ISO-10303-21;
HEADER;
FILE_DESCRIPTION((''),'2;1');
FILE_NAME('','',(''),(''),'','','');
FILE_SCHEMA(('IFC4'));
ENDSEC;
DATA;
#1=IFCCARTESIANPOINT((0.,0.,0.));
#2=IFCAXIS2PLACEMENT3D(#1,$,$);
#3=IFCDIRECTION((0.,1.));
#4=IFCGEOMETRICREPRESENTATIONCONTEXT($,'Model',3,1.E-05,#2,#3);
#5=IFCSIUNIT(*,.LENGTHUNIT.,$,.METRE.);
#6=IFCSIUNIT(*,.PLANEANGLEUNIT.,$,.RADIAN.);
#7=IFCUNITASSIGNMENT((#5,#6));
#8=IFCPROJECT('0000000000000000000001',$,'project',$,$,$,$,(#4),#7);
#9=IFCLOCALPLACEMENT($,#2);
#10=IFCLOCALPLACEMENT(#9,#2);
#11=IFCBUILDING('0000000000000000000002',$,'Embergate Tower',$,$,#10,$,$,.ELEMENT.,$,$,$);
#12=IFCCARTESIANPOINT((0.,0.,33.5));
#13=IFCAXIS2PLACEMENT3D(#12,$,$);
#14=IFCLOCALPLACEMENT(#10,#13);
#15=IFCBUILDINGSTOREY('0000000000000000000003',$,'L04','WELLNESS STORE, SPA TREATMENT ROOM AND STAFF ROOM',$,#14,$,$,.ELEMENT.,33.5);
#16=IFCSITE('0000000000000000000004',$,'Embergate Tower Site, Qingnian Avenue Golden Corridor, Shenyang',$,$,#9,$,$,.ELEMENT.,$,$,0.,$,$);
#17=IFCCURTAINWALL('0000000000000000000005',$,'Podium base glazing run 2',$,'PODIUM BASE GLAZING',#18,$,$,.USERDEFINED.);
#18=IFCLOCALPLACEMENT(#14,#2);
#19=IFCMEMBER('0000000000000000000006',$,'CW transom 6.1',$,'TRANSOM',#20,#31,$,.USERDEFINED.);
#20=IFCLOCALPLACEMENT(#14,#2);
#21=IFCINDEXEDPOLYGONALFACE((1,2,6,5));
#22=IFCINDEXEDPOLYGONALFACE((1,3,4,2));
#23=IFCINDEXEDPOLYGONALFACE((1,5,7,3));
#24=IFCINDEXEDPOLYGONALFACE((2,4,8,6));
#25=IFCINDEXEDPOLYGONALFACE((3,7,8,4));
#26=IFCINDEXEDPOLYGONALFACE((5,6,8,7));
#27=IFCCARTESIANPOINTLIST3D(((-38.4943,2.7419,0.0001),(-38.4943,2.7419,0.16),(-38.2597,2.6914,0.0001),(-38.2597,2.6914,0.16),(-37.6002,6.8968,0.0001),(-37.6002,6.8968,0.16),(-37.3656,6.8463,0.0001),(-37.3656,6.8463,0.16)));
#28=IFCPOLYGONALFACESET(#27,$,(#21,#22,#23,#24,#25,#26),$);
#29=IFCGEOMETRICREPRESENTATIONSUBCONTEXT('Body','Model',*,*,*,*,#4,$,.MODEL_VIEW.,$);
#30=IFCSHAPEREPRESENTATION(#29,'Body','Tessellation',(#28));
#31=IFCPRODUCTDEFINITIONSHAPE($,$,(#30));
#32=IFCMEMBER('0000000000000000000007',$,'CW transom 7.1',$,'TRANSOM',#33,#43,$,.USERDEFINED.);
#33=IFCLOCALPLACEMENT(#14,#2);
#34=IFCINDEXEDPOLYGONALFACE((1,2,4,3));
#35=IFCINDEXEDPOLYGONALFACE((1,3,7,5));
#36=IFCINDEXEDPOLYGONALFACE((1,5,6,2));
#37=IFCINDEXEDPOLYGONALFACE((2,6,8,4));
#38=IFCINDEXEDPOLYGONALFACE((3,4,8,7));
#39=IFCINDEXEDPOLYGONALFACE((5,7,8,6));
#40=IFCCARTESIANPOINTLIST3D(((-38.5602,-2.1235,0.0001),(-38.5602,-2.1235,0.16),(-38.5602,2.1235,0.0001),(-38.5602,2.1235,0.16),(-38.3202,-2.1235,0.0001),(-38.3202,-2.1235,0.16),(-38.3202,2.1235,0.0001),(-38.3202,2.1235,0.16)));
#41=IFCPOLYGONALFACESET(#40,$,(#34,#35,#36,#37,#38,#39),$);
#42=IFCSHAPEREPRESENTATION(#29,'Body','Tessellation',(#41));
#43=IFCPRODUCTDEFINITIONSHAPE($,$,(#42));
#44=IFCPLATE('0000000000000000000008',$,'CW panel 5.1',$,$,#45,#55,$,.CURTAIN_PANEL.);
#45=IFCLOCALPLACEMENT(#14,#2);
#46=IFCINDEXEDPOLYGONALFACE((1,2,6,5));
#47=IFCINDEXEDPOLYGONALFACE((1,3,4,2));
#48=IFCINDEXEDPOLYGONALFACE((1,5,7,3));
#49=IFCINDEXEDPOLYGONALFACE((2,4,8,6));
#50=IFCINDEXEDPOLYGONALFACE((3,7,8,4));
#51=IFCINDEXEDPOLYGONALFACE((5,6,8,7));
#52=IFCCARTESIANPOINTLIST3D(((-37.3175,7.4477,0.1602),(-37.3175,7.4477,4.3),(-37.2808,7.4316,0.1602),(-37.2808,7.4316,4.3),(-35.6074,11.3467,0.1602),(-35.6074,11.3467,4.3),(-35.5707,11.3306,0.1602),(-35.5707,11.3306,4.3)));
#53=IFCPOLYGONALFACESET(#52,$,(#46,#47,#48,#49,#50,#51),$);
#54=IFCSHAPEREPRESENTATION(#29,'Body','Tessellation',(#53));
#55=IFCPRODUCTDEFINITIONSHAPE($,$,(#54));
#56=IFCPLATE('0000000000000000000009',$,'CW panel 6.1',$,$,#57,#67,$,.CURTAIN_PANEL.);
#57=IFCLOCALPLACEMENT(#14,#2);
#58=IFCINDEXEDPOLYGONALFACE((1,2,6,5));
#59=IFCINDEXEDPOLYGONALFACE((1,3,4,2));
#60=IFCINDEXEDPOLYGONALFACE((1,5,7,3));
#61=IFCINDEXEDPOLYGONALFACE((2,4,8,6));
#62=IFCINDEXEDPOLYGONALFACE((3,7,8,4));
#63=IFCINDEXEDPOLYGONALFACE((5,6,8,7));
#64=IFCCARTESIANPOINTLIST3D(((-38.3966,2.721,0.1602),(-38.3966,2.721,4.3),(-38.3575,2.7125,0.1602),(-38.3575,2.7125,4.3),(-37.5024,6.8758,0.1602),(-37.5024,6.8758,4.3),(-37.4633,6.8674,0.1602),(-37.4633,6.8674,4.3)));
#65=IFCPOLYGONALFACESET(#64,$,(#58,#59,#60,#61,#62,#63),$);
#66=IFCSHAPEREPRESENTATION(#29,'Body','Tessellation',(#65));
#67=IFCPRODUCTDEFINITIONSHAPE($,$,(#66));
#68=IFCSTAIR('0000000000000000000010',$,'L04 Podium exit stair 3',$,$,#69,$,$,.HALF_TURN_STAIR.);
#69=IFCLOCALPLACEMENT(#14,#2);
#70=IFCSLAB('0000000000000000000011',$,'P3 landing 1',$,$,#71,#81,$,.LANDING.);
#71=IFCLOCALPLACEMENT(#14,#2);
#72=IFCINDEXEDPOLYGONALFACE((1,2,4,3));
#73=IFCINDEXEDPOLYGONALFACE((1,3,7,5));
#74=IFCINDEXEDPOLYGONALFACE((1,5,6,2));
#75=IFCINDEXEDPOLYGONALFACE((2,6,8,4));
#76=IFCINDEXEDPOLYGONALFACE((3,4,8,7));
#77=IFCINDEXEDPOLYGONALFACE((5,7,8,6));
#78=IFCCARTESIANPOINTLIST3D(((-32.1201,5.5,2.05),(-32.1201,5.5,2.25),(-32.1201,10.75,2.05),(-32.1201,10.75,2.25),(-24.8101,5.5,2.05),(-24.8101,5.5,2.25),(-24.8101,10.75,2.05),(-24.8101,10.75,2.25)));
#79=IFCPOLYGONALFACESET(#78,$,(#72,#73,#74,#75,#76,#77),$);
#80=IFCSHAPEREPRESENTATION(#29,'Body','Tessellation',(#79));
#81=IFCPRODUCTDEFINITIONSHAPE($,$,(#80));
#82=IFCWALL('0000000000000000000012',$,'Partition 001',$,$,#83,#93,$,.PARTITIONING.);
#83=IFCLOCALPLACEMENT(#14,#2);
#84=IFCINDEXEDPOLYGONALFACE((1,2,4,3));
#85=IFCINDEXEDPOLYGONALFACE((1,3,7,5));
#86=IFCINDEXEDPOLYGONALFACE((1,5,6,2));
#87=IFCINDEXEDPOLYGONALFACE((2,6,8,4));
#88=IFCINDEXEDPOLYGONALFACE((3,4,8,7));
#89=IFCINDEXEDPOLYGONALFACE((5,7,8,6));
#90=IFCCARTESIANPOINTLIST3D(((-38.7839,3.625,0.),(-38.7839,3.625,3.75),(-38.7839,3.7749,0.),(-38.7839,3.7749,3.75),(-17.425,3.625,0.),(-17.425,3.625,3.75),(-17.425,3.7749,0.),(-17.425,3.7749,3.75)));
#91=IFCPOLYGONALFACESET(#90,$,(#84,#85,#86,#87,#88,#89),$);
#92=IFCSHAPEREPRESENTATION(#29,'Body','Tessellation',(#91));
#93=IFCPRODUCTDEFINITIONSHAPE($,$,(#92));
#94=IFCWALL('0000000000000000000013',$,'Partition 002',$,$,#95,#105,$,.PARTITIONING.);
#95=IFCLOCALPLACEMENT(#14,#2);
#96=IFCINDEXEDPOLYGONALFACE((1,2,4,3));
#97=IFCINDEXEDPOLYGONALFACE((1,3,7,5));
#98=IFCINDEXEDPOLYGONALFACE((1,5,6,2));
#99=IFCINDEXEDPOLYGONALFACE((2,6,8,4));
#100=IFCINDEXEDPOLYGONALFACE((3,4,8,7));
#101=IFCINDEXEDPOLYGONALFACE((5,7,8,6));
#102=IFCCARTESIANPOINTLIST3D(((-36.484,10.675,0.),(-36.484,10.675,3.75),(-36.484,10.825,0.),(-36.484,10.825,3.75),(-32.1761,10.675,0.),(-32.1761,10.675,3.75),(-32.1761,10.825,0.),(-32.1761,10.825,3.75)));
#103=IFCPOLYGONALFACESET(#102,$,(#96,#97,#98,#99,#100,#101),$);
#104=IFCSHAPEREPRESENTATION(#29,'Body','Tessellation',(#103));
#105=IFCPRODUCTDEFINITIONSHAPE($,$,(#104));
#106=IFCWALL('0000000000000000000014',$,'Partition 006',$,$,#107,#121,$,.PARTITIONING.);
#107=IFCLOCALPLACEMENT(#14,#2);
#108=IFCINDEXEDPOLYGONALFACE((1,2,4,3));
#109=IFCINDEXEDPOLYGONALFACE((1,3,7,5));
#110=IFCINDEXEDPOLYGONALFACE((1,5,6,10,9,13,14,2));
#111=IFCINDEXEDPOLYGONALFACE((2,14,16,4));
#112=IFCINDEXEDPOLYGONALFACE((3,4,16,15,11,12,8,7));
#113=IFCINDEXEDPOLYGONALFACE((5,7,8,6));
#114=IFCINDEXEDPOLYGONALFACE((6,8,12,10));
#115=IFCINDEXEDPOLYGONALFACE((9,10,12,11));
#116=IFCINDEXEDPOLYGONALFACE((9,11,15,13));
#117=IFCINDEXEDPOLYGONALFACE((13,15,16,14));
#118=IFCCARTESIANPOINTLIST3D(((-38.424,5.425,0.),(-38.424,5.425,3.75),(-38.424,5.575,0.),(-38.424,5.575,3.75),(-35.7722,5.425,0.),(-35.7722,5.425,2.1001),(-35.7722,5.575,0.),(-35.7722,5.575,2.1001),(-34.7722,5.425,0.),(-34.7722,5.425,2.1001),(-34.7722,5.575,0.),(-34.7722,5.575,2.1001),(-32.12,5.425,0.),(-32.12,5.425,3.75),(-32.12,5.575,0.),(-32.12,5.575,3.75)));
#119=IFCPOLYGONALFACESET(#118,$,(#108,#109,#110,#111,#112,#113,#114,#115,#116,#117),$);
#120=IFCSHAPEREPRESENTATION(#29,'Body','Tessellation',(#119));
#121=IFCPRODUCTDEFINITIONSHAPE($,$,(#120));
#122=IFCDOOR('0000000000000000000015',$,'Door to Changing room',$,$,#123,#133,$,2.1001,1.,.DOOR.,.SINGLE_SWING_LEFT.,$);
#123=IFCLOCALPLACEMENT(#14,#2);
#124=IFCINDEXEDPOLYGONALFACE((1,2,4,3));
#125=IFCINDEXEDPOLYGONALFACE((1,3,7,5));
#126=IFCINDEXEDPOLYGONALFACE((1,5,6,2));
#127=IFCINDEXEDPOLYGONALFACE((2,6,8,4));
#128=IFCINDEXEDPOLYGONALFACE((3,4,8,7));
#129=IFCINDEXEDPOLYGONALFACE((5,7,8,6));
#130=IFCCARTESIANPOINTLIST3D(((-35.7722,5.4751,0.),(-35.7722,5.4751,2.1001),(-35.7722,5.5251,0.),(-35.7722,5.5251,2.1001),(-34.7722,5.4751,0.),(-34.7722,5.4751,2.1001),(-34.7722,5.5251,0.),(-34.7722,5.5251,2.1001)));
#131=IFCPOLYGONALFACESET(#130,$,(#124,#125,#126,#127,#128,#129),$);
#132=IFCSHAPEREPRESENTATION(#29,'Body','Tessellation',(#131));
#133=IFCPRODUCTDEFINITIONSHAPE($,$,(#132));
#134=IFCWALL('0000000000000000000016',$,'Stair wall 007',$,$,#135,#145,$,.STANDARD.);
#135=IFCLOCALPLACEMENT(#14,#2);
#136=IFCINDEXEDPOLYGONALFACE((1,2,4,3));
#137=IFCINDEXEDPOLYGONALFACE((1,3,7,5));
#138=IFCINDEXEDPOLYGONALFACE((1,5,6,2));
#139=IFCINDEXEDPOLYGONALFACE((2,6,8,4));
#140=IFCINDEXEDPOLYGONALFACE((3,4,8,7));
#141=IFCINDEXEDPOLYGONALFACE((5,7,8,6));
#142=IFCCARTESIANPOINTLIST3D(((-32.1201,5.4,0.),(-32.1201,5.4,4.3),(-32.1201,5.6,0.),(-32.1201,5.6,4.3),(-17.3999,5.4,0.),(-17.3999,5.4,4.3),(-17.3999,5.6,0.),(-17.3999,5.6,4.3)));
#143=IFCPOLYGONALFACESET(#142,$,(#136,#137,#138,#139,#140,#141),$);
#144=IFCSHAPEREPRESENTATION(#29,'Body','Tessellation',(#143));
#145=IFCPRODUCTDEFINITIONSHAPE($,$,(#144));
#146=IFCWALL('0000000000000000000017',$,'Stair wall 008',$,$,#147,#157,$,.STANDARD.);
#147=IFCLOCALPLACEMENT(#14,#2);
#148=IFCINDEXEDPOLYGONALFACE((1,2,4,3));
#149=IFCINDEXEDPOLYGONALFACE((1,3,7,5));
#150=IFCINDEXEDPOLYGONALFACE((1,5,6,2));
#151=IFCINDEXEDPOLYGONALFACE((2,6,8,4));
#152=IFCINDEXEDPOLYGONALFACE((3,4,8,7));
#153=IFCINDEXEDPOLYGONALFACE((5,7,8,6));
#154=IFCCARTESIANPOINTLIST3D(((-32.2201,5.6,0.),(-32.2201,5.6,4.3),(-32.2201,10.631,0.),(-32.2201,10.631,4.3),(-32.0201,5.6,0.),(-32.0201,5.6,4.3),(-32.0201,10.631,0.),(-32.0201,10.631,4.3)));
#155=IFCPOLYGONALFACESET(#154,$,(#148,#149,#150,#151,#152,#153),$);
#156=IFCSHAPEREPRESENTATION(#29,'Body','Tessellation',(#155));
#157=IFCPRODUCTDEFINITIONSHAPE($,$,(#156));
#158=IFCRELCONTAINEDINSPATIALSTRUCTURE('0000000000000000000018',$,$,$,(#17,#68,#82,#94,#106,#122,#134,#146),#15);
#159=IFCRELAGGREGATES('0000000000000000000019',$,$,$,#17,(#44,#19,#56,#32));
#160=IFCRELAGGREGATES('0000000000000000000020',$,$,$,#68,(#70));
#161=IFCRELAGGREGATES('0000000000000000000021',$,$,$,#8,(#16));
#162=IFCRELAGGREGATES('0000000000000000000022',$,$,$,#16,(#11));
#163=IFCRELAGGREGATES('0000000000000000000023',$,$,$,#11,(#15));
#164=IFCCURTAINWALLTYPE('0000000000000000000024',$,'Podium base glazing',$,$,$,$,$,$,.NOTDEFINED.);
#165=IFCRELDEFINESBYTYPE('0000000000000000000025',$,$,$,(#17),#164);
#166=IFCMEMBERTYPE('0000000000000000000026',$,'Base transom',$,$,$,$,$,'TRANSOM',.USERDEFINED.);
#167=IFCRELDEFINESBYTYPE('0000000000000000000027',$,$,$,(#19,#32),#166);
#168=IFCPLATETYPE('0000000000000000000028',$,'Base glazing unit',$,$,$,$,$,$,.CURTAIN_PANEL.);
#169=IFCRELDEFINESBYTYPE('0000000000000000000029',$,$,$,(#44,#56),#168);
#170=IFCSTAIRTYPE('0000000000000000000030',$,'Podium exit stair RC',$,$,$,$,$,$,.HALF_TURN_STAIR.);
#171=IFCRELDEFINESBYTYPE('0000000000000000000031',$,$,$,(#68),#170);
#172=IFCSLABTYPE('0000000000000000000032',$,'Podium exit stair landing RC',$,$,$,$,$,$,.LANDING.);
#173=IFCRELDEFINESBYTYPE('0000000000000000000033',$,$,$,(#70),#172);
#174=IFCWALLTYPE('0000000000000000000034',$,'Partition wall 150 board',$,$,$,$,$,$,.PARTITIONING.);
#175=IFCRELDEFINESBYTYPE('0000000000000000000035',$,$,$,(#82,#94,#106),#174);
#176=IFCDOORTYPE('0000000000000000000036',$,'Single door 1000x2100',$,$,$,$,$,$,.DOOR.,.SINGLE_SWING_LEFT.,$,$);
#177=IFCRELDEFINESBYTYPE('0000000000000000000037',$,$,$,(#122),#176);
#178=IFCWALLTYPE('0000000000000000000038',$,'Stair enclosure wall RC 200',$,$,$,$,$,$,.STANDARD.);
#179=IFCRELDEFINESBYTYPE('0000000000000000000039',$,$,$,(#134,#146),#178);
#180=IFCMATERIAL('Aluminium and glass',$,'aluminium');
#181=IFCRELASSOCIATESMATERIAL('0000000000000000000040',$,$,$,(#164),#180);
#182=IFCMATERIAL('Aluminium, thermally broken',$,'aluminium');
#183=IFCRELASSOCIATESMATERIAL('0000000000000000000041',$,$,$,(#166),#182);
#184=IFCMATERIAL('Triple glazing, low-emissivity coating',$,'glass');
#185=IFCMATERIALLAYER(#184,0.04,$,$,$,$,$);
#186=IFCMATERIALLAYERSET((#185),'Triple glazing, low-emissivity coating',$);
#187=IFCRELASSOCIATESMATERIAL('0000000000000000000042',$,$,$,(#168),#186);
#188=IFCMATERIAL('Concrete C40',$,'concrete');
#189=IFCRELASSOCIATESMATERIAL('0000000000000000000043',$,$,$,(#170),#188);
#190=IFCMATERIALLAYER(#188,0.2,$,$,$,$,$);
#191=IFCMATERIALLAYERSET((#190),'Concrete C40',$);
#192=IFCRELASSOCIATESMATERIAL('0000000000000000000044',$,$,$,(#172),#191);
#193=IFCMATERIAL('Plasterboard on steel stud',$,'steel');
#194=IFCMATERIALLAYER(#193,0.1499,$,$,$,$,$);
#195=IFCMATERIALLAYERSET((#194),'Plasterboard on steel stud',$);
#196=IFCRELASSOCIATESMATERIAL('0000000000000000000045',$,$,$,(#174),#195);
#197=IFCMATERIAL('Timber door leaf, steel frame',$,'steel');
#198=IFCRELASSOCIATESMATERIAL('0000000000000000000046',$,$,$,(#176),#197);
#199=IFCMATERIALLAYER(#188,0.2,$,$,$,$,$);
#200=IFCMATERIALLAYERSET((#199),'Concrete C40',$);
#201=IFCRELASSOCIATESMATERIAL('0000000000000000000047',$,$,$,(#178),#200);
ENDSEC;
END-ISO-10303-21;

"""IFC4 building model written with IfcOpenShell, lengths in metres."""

from ifc_helpers import new_model, si_unit, direction, frame, frame_2d, origin, origin_2d, place, context, subcontext, project, spatial, polyline, rectangle, outline, extrude, source, transform, mapped, material, layer, layer_set, material_profile, profile_set, type_object, element, fill, aggregate, save


model = new_model("IFC4")

# Units and contexts
model_context = context("Model", 3, precision=1e-05, world=origin(), true_north=direction((0.0, 1.0)))
body_context = subcontext(model_context, "Body", "Model", "MODEL_VIEW")
ifc_project = project(units=[si_unit("LENGTHUNIT", "METRE"), si_unit("PLANEANGLEUNIT", "RADIAN")], contexts=[model_context])

# Site, building, storey
site_placement = place(None, origin())
site = spatial("IfcSite", under=ifc_project, at=site_placement, Name="Embergate Tower Site, Qingnian Avenue Golden Corridor, Shenyang", CompositionType="ELEMENT", RefElevation=0.0)
building_placement = place(site_placement, origin())
building = spatial("IfcBuilding", under=site, at=building_placement, Name="Embergate Tower", CompositionType="ELEMENT")
storey_placement = place(building_placement, frame((0.0, 0.0, 33.5)))
storey = spatial("IfcBuildingStorey", under=building, at=storey_placement, Name="L04", Description="WELLNESS STORE, SPA TREATMENT ROOM AND STAFF ROOM", CompositionType="ELEMENT", Elevation=33.5)

# Curtain wall, members, plates
ifc_material_1 = material(Name="Aluminium and glass", Category="aluminium")
curtain_wall_type = type_object("IfcCurtainWallType", Name="Podium base glazing", PredefinedType="NOTDEFINED", material=ifc_material_1)
curtain_wall_placement = place(storey_placement, origin())
curtain_wall = element("IfcCurtainWall", 1, at=curtain_wall_placement, inside=storey, type_object=curtain_wall_type, Name="Podium base glazing run 2", ObjectType="PODIUM BASE GLAZING", PredefinedType="USERDEFINED")
ifc_material_2 = material(Name="Aluminium, thermally broken", Category="aluminium")
ifc_material_profile_1 = material_profile(ifc_material_2, rectangle(XDim=0.24, YDim=0.1599, at=origin_2d()), Name="AL 160x240")
ifc_profile_set_1 = profile_set([ifc_material_profile_1], Name="Aluminium, thermally broken")
member_type_1 = type_object("IfcMemberType", Name="Base transom", ElementType="TRANSOM", PredefinedType="USERDEFINED", material=ifc_profile_set_1)
shared_shape_1 = source(origin(), body_context, "Body", "SweptSolid", [
    extrude(rectangle(XDim=0.24, YDim=0.1599, at=origin_2d()), origin(), (0.0, 0.0, 1.0), 4.25),
])
member_1_placement = place(storey_placement, frame((-37.4829, 6.8716, 0.0801), z_axis=(-0.210369, -0.977622, 0.0), x_axis=(0.977622, -0.210369, 0.0)))
member_1 = element("IfcMember", 2, at=member_1_placement, type_object=member_type_1, Name="CW transom 6.1", ObjectType="TRANSOM", PredefinedType="USERDEFINED", context=body_context, shape_type="MappedRepresentation", body=[
    mapped(shared_shape_1, transform((0.0, 0.0, 0.0))),
])
shared_shape_2 = source(origin(), body_context, "Body", "SweptSolid", [
    extrude(rectangle(XDim=0.24, YDim=0.1599, at=origin_2d()), origin(), (0.0, 0.0, 1.0), 4.2471),
])
member_2_placement = place(storey_placement, frame((-38.4402, 2.1235, 0.0801), z_axis=(0.0, -1.0, 0.0), x_axis=(1.0, 0.0, 0.0)))
member_2 = element("IfcMember", 3, at=member_2_placement, type_object=member_type_1, Name="CW transom 7.1", ObjectType="TRANSOM", PredefinedType="USERDEFINED", context=body_context, shape_type="MappedRepresentation", body=[
    mapped(shared_shape_2, transform((0.0, 0.0, 0.0))),
])
ifc_material_3 = material(Name="Triple glazing, low-emissivity coating", Category="glass")
ifc_layer_1 = layer(ifc_material_3, 0.04)
ifc_layer_set_1 = layer_set([ifc_layer_1], Name="Triple glazing, low-emissivity coating")
plate_type = type_object("IfcPlateType", Name="Base glazing unit", PredefinedType="CURTAIN_PANEL", material=ifc_layer_set_1)
shared_shape_3 = source(origin(), body_context, "Body", "SweptSolid", [
    extrude(rectangle(XDim=4.2576, YDim=0.04, at=origin_2d()), origin(), (0.0, 0.0, 1.0), 4.1399),
])
plate_1_placement = place(storey_placement, frame((-36.4441, 9.3892, 0.1602), z_axis=(0.0, 0.0, 1.0), x_axis=(-0.401655, -0.915791, 0.0)))
plate_1 = element("IfcPlate", 4, at=plate_1_placement, type_object=plate_type, Name="CW panel 5.1", PredefinedType="CURTAIN_PANEL", context=body_context, shape_type="MappedRepresentation", body=[
    mapped(shared_shape_3, transform((0.0, 0.0, 0.0))),
])
shared_shape_4 = source(origin(), body_context, "Body", "SweptSolid", [
    extrude(rectangle(XDim=4.25, YDim=0.04, at=origin_2d()), origin(), (0.0, 0.0, 1.0), 4.1399),
])
plate_2_placement = place(storey_placement, frame((-37.9299, 4.7942, 0.1602), z_axis=(0.0, 0.0, 1.0), x_axis=(-0.2104, -0.977615, 0.0)))
plate_2 = element("IfcPlate", 5, at=plate_2_placement, type_object=plate_type, Name="CW panel 6.1", PredefinedType="CURTAIN_PANEL", context=body_context, shape_type="MappedRepresentation", body=[
    mapped(shared_shape_4, transform((0.0, 0.0, 0.0))),
])
aggregate(curtain_wall, [plate_1, member_1, plate_2, member_2])

# Stair, slab
ifc_material_4 = material(Name="Concrete C40", Category="concrete")
stair_type = type_object("IfcStairType", Name="Podium exit stair RC", PredefinedType="HALF_TURN_STAIR", material=ifc_material_4)
stair_placement = place(storey_placement, origin())
stair = element("IfcStair", 6, at=stair_placement, inside=storey, type_object=stair_type, Name="L04 Podium exit stair 3", PredefinedType="HALF_TURN_STAIR")
ifc_layer_2 = layer(ifc_material_4, 0.2)
ifc_layer_set_2 = layer_set([ifc_layer_2], Name="Concrete C40")
slab_type = type_object("IfcSlabType", Name="Podium exit stair landing RC", PredefinedType="LANDING", material=ifc_layer_set_2)
shared_shape_5 = source(origin(), body_context, "Body", "SweptSolid", [
    extrude(outline(polyline([(0.0, 0.0), (7.3101, 0.0), (7.3101, 5.25), (0.0, 5.25), (0.0, 0.0)])), origin(), (0.0, 0.0, 1.0), 0.2),
])
slab_placement = place(storey_placement, frame((-32.1201, 5.5, 2.05)))
slab = element("IfcSlab", 7, at=slab_placement, type_object=slab_type, Name="P3 landing 1", PredefinedType="LANDING", context=body_context, shape_type="MappedRepresentation", body=[
    mapped(shared_shape_5, transform((0.0, 0.0, 0.0))),
])

# Walls
ifc_material_5 = material(Name="Plasterboard on steel stud", Category="steel")
ifc_layer_3 = layer(ifc_material_5, 0.1499)
ifc_layer_set_3 = layer_set([ifc_layer_3], Name="Plasterboard on steel stud")
wall_type_1 = type_object("IfcWallType", Name="Partition wall 150 board", PredefinedType="PARTITIONING", material=ifc_layer_set_3)
shared_shape_6 = source(origin(), body_context, "Body", "SweptSolid", [
    extrude(rectangle(XDim=21.3589, YDim=0.1499, at=frame_2d((10.6794, 0.0))), origin(), (0.0, 0.0, 1.0), 3.75),
])
wall_1_placement = place(storey_placement, frame((-38.7839, 3.7, 0.0), z_axis=(0.0, 0.0, 1.0), x_axis=(1.0, 0.0, 0.0)))
element("IfcWall", 8, at=wall_1_placement, inside=storey, type_object=wall_type_1, Name="Partition 001", PredefinedType="PARTITIONING", context=body_context, shape_type="MappedRepresentation", body=[
    mapped(shared_shape_6, transform((0.0, 0.0, 0.0))),
])
shared_shape_7 = source(origin(), body_context, "Body", "SweptSolid", [
    extrude(rectangle(XDim=4.3079, YDim=0.1499, at=frame_2d((2.1538, 0.0))), origin(), (0.0, 0.0, 1.0), 3.75),
])
wall_2_placement = place(storey_placement, frame((-36.4839, 10.75, 0.0), z_axis=(0.0, 0.0, 1.0), x_axis=(1.0, 0.0, 0.0)))
element("IfcWall", 9, at=wall_2_placement, inside=storey, type_object=wall_type_1, Name="Partition 002", PredefinedType="PARTITIONING", context=body_context, shape_type="MappedRepresentation", body=[
    mapped(shared_shape_7, transform((0.0, 0.0, 0.0))),
])

# Wall, opening, door
shared_shape_8 = source(origin(), body_context, "Body", "SweptSolid", [
    extrude(rectangle(XDim=6.304, YDim=0.1499, at=frame_2d((3.1519, 0.0))), origin(), (0.0, 0.0, 1.0), 3.75),
])
wall_3_placement = place(storey_placement, frame((-32.1201, 5.5, 0.0), z_axis=(0.0, 0.0, 1.0), x_axis=(-1.0, 0.0, 0.0)))
wall_3 = element("IfcWall", 10, at=wall_3_placement, inside=storey, type_object=wall_type_1, Name="Partition 006", PredefinedType="PARTITIONING", context=body_context, shape_type="MappedRepresentation", body=[
    mapped(shared_shape_8, transform((0.0, 0.0, 0.0))),
])
shared_shape_9 = source(origin(), body_context, "Body", "SweptSolid", [
    extrude(rectangle(XDim=1.0, YDim=2.1001, at=frame_2d((0.5, 1.05))), frame((0.0, 0.085, 0.0), z_axis=(0.0, -1.0, 0.0), x_axis=(1.0, 0.0, 0.0)), (0.0, 0.0, 1.0), 0.1699),
])
opening_placement = place(wall_3_placement, frame((2.6521, 0.0, 0.0)))
opening = element("IfcOpeningElement", 11, at=opening_placement, cuts=wall_3, PredefinedType="OPENING", context=body_context, shape_type="MappedRepresentation", body=[
    mapped(shared_shape_9, transform((0.0, 0.0, 0.0))),
])
ifc_material_6 = material(Name="Timber door leaf, steel frame", Category="steel")
door_type = type_object("IfcDoorType", Name="Single door 1000x2100", OperationType="SINGLE_SWING_LEFT", PredefinedType="DOOR", material=ifc_material_6)
shared_shape_10 = source(origin(), body_context, "Body", "SweptSolid", [
    extrude(rectangle(XDim=1.0, YDim=2.1001, at=frame_2d((0.5, 1.05))), frame((0.0, 0.0249, 0.0), z_axis=(0.0, -1.0, 0.0), x_axis=(1.0, 0.0, 0.0)), (0.0, 0.0, 1.0), 0.05),
])
door_placement = place(opening_placement, origin())
door = element("IfcDoor", 12, at=door_placement, inside=storey, type_object=door_type, Name="Door to Changing room", OperationType="SINGLE_SWING_LEFT", OverallHeight=2.1001, OverallWidth=1.0, PredefinedType="DOOR", context=body_context, shape_type="MappedRepresentation", body=[
    mapped(shared_shape_10, transform((0.0, 0.0, 0.0))),
])
fill(opening, door)

# Walls
ifc_layer_4 = layer(ifc_material_4, 0.2)
ifc_layer_set_4 = layer_set([ifc_layer_4], Name="Concrete C40")
wall_type_2 = type_object("IfcWallType", Name="Stair enclosure wall RC 200", PredefinedType="STANDARD", material=ifc_layer_set_4)
shared_shape_11 = source(origin(), body_context, "Body", "SweptSolid", [
    extrude(rectangle(XDim=14.7202, YDim=0.2, at=frame_2d((7.3601, 0.0))), origin(), (0.0, 0.0, 1.0), 4.3),
])
wall_4_placement = place(storey_placement, frame((-32.1201, 5.5, 0.0), z_axis=(0.0, 0.0, 1.0), x_axis=(1.0, 0.0, 0.0)))
element("IfcWall", 13, at=wall_4_placement, inside=storey, type_object=wall_type_2, Name="Stair wall 007", PredefinedType="STANDARD", context=body_context, shape_type="MappedRepresentation", body=[
    mapped(shared_shape_11, transform((0.0, 0.0, 0.0))),
])
shared_shape_12 = source(origin(), body_context, "Body", "SweptSolid", [
    extrude(rectangle(XDim=5.031, YDim=0.2, at=frame_2d((2.5156, 0.0))), origin(), (0.0, 0.0, 1.0), 4.3),
])
wall_5_placement = place(storey_placement, frame((-32.1201, 10.6311, 0.0), z_axis=(0.0, 0.0, 1.0), x_axis=(0.0, -1.0, 0.0)))
element("IfcWall", 14, at=wall_5_placement, inside=storey, type_object=wall_type_2, Name="Stair wall 008", PredefinedType="STANDARD", context=body_context, shape_type="MappedRepresentation", body=[
    mapped(shared_shape_12, transform((0.0, 0.0, 0.0))),
])

aggregate(stair, [slab])

save(model, "model.ifc")
